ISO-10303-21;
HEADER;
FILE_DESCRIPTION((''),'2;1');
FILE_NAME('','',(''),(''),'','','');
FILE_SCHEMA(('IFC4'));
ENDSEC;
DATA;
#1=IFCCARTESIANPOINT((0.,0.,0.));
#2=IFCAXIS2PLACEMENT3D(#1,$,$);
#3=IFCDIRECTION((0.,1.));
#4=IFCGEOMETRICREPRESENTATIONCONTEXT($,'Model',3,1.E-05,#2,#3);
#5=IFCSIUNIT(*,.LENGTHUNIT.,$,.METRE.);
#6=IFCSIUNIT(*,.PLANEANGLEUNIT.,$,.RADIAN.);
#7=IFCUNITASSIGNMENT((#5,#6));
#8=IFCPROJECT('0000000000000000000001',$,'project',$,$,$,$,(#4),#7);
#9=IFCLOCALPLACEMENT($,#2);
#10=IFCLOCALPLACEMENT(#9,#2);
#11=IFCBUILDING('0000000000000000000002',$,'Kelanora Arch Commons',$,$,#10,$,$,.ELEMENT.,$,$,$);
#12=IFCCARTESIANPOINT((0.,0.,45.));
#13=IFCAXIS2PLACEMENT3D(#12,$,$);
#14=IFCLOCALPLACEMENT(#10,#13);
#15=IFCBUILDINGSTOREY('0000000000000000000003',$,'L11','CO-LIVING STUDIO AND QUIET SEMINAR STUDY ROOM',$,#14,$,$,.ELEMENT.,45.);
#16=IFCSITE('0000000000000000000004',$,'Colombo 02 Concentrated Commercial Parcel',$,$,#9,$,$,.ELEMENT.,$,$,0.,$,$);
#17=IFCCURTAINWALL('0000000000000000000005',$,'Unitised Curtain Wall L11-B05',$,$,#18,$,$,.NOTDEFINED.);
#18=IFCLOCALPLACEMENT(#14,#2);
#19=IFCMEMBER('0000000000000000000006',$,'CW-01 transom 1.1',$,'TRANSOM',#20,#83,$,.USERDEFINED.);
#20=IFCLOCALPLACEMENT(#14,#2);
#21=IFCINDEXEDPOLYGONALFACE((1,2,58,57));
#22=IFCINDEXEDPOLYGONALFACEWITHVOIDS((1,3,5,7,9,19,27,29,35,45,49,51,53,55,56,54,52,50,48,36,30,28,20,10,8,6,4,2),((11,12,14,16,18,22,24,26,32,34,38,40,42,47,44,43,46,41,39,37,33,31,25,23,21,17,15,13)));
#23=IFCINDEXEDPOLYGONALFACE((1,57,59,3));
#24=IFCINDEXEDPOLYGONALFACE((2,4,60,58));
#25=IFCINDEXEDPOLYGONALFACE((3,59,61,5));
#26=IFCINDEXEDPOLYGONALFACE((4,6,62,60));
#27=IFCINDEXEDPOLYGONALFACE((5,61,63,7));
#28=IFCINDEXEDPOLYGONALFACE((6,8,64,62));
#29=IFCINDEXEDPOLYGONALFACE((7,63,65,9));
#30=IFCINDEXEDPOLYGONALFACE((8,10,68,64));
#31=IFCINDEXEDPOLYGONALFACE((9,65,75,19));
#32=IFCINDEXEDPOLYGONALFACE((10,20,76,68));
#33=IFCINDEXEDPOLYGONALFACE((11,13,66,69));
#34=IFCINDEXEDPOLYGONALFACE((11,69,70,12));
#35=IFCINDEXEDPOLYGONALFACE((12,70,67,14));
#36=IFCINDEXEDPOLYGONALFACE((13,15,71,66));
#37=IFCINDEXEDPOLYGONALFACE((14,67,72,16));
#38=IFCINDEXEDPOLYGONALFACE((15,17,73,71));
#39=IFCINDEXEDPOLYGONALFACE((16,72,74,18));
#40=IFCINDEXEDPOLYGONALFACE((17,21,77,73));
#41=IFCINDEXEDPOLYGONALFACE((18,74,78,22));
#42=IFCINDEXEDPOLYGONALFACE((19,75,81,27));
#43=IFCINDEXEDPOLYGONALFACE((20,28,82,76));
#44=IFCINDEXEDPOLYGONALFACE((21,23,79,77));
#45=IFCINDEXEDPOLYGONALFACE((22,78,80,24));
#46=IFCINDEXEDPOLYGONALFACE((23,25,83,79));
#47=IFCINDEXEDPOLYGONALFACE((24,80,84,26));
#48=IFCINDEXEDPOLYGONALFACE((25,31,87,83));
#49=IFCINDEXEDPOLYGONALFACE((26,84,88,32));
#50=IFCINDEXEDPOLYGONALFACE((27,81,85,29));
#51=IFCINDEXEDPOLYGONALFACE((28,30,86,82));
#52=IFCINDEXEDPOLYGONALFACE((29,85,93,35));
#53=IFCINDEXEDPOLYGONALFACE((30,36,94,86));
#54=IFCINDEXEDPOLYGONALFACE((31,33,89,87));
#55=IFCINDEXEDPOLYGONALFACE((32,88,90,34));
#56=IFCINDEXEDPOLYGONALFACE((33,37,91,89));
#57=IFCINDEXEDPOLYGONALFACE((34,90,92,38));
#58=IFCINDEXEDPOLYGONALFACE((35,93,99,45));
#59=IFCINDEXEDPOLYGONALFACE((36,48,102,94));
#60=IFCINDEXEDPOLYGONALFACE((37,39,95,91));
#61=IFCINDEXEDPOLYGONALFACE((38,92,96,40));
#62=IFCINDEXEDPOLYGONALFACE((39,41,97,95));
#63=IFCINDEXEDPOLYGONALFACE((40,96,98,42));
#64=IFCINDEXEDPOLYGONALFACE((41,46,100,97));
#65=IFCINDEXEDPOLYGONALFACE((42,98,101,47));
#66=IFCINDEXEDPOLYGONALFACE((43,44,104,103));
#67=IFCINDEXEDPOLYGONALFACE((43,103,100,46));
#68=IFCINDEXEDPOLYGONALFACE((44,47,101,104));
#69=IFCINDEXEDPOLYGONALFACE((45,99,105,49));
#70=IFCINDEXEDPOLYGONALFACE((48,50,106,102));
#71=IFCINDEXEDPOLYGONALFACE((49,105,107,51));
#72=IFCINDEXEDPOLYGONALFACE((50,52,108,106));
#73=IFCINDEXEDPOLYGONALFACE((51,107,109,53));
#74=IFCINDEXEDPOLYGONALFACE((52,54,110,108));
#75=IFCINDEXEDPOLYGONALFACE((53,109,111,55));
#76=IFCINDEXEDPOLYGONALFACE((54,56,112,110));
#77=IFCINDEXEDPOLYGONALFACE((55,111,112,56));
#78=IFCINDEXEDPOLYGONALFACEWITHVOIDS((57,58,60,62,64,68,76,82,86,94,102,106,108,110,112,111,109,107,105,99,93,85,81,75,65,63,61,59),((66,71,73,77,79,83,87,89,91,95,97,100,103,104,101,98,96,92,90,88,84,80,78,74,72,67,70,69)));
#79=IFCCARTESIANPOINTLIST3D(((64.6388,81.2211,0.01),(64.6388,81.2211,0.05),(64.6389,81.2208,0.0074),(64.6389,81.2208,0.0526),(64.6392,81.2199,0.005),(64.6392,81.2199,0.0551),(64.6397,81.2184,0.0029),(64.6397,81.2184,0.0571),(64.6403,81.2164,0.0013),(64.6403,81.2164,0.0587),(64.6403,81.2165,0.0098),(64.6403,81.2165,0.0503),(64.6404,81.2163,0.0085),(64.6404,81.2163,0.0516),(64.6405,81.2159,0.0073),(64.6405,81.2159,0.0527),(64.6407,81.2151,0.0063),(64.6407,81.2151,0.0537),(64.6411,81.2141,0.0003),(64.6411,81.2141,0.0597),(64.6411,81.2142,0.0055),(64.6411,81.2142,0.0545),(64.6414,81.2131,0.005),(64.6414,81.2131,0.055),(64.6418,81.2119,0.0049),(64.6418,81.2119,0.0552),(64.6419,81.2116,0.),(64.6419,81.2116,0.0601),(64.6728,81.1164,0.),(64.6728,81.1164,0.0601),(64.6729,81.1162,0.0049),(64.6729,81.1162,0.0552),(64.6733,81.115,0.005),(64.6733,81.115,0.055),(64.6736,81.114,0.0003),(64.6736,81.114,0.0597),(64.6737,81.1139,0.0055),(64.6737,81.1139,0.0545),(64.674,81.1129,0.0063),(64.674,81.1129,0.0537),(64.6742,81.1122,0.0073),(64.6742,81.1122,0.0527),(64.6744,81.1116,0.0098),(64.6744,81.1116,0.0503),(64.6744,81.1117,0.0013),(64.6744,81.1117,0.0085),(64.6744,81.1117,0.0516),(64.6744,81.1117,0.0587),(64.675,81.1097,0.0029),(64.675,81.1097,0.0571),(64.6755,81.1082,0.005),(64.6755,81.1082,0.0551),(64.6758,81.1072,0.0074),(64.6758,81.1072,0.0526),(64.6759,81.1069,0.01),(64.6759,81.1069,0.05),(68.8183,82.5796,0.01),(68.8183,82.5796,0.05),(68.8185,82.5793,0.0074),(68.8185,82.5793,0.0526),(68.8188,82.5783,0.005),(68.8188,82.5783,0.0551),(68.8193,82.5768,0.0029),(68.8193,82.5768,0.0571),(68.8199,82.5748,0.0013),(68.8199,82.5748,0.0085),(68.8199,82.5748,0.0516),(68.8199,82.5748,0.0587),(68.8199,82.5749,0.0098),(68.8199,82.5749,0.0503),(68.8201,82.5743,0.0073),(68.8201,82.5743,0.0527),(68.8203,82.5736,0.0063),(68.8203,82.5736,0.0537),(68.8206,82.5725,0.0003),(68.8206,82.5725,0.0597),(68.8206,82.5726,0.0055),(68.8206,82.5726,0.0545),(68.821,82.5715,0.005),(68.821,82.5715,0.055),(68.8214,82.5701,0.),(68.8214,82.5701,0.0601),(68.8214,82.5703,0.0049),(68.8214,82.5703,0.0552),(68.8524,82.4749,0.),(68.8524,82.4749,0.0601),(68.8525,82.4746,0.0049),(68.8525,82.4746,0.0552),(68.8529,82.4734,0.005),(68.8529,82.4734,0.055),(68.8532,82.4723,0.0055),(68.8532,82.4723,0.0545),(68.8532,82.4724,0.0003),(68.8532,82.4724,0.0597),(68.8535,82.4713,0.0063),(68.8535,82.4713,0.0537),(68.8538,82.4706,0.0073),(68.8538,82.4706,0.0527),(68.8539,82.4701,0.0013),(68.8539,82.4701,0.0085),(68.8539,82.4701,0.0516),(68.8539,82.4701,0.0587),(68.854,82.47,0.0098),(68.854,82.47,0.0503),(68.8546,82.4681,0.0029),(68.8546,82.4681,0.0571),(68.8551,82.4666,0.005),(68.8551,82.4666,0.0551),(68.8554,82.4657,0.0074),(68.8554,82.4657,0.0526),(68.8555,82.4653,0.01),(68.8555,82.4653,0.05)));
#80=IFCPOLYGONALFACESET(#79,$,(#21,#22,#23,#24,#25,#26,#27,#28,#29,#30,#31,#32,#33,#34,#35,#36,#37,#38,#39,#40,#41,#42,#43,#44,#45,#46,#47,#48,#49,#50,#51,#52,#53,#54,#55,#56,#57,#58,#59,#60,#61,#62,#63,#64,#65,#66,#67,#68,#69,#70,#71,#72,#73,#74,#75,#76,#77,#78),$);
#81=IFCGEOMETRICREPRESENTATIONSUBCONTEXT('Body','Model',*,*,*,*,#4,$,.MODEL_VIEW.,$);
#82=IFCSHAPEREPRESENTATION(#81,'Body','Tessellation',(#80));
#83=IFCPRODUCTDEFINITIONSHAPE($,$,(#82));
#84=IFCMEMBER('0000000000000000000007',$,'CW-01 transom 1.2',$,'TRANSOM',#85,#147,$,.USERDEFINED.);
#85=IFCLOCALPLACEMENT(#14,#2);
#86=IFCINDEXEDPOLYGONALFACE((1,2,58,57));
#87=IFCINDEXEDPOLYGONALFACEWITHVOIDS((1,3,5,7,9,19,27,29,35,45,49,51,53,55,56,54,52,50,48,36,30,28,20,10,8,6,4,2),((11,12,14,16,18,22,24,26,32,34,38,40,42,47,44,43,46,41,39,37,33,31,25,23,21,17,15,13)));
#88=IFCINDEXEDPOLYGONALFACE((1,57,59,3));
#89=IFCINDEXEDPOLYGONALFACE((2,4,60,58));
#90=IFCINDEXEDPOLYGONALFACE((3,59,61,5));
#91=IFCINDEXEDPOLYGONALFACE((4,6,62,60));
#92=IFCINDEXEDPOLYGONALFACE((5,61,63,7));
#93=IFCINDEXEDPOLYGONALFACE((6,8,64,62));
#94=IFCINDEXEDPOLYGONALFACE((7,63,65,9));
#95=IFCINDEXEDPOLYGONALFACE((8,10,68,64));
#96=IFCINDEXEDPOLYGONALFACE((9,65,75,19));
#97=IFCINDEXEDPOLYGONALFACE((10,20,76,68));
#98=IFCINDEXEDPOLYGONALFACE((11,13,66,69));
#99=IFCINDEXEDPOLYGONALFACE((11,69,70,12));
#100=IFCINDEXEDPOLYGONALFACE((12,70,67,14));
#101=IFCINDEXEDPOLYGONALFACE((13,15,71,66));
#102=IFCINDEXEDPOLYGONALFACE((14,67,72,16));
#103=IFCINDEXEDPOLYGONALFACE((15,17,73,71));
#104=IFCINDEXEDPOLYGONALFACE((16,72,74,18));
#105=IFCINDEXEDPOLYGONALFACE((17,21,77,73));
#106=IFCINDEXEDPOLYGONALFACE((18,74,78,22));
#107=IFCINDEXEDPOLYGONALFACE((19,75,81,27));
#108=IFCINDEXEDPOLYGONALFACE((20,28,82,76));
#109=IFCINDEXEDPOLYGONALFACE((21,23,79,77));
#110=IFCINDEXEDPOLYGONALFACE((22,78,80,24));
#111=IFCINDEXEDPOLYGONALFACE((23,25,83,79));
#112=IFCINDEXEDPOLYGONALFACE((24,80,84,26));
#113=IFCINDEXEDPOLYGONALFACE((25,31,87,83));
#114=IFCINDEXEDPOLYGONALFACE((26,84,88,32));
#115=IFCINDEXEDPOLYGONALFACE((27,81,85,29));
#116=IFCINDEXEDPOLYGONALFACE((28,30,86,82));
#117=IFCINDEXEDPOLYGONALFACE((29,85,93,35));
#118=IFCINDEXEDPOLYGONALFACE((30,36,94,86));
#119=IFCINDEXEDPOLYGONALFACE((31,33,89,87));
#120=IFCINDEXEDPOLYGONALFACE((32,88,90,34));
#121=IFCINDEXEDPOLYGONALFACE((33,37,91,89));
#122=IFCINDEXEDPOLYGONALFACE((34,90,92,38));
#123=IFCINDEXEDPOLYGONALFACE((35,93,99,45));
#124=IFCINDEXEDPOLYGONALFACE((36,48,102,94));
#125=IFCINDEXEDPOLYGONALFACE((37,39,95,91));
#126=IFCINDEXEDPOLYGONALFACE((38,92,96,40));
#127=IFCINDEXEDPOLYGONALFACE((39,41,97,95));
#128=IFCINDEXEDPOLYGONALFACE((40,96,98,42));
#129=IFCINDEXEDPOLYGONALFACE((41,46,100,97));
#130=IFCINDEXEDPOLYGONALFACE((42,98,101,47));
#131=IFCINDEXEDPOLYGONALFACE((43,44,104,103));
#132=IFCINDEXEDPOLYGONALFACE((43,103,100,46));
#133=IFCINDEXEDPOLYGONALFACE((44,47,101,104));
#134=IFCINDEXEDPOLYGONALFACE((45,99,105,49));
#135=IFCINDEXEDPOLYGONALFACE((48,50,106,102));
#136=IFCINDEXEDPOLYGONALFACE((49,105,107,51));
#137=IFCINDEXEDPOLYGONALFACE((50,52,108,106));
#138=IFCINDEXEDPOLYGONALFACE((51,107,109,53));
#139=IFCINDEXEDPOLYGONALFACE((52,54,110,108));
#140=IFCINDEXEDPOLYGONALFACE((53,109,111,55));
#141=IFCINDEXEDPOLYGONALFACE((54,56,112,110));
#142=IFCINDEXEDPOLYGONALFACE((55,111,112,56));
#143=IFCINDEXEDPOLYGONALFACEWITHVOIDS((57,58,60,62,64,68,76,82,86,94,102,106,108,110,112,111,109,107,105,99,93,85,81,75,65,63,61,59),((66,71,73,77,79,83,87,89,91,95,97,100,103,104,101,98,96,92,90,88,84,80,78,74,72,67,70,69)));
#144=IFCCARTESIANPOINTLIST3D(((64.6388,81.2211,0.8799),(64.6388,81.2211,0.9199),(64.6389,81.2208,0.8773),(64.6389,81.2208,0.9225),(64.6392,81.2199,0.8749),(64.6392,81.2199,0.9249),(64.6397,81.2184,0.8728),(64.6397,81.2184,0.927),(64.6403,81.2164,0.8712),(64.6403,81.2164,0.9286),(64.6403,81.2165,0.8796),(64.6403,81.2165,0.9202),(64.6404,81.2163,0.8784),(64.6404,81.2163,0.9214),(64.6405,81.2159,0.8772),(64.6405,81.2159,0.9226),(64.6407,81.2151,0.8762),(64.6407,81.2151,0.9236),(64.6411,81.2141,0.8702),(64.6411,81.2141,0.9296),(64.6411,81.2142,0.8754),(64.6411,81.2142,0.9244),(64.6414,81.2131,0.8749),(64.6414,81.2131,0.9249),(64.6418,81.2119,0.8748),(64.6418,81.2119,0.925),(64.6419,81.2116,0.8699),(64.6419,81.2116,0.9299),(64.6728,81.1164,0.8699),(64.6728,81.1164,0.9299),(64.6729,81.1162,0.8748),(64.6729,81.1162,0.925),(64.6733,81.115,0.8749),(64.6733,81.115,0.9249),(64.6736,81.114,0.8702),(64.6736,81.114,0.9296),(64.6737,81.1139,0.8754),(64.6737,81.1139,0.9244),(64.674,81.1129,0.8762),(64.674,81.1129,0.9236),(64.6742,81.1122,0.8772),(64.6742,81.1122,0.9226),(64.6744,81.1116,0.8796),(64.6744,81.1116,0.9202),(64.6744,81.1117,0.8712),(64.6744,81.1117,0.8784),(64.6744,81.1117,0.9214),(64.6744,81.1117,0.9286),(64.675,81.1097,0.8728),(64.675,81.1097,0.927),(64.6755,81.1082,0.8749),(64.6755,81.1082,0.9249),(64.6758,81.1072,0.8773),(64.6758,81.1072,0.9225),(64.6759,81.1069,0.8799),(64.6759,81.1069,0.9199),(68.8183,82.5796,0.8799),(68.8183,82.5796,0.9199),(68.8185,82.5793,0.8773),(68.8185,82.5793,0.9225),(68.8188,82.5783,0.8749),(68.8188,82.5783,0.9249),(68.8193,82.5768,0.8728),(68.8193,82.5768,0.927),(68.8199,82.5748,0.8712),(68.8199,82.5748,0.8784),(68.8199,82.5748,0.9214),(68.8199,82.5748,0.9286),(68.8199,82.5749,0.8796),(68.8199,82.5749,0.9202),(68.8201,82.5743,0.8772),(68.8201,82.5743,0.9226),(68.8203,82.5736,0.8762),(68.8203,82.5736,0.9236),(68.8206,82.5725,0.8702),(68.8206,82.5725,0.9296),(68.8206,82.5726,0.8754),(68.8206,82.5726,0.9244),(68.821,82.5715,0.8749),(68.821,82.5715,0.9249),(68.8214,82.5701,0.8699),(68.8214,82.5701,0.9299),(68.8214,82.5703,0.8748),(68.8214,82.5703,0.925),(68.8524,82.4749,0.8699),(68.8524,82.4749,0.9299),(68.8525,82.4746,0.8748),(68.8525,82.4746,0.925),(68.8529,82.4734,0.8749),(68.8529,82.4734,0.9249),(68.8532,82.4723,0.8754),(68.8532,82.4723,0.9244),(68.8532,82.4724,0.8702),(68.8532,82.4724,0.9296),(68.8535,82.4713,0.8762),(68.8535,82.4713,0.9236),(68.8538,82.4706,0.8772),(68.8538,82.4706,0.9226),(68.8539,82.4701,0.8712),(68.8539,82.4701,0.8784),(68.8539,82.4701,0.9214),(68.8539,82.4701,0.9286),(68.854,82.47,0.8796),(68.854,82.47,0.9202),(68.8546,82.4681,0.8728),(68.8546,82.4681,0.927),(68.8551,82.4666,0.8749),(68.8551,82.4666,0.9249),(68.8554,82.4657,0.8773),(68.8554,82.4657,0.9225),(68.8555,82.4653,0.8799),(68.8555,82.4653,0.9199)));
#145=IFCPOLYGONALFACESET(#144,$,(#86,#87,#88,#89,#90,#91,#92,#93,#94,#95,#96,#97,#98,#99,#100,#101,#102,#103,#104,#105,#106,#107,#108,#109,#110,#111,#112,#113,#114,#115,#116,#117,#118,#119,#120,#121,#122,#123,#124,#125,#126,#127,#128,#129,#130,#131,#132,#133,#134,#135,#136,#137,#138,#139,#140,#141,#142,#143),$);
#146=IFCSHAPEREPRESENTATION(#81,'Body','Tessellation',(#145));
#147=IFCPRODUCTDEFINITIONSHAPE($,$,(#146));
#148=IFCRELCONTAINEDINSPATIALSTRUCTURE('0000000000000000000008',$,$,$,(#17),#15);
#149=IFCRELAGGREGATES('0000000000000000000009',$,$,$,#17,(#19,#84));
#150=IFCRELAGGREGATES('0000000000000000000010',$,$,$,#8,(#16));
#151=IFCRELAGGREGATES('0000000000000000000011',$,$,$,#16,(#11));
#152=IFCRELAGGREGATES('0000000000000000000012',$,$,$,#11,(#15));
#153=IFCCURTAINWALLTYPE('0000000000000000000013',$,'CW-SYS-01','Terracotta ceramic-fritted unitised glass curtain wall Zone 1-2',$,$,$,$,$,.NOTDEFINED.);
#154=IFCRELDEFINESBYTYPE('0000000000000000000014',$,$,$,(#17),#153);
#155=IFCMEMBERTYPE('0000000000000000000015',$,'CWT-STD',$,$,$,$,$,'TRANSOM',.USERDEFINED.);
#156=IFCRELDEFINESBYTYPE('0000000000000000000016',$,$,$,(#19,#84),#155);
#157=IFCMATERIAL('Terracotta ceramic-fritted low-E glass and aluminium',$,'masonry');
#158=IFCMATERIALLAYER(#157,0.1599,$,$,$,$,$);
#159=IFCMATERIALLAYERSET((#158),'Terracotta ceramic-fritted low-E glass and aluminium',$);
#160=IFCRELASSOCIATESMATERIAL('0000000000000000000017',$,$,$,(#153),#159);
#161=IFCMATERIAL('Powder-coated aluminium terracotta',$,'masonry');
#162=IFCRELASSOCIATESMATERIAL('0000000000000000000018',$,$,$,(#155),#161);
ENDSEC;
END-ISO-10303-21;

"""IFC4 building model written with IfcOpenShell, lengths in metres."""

from ifc_helpers import new_model, si_unit, direction, frame, origin, origin_2d, place, context, subcontext, project, spatial, hollow_rectangle, extrude, material, layer, layer_set, material_profile, profile_set, type_object, element, aggregate, save


model = new_model("IFC4")

# Units and contexts
model_context = context("Model", 3, precision=1e-05, world=origin(), true_north=direction((0.0, 1.0)))
body_context = subcontext(model_context, "Body", "Model", "MODEL_VIEW")
ifc_project = project(units=[si_unit("LENGTHUNIT", "METRE"), si_unit("PLANEANGLEUNIT", "RADIAN")], contexts=[model_context])

# Site, building, storey
site_placement = place(None, origin())
site = spatial("IfcSite", under=ifc_project, at=site_placement, Name="Colombo 02 Concentrated Commercial Parcel", CompositionType="ELEMENT", RefElevation=0.0)
building_placement = place(site_placement, origin())
building = spatial("IfcBuilding", under=site, at=building_placement, Name="Kelanora Arch Commons", CompositionType="ELEMENT")
storey_placement = place(building_placement, frame((0.0, 0.0, 45.0)))
storey = spatial("IfcBuildingStorey", under=building, at=storey_placement, Name="L11", Description="CO-LIVING STUDIO AND QUIET SEMINAR STUDY ROOM", CompositionType="ELEMENT", Elevation=45.0)

# Curtain wall, members
ifc_material_1 = material(Name="Terracotta ceramic-fritted low-E glass and aluminium", Category="masonry")
ifc_layer_1 = layer(ifc_material_1, 0.1599)
ifc_layer_set_1 = layer_set([ifc_layer_1], Name="Terracotta ceramic-fritted low-E glass and aluminium")
curtain_wall_type = type_object("IfcCurtainWallType", Name="CW-SYS-01", Description="Terracotta ceramic-fritted unitised glass curtain wall Zone 1-2", PredefinedType="NOTDEFINED", material=ifc_layer_set_1)
curtain_wall_placement = place(storey_placement, origin())
curtain_wall = element("IfcCurtainWall", 1, at=curtain_wall_placement, inside=storey, type_object=curtain_wall_type, Name="Unitised Curtain Wall L11-B05", PredefinedType="NOTDEFINED")
ifc_material_2 = material(Name="Powder-coated aluminium terracotta", Category="masonry")
ifc_material_profile_1 = material_profile(ifc_material_2, hollow_rectangle(XDim=0.1201, YDim=0.0601, WallThickness=0.0049, InnerFilletRadius=0.0049, OuterFilletRadius=0.01, at=origin_2d()), Name="CWT120x60")
ifc_profile_set_1 = profile_set([ifc_material_profile_1], Name="Powder-coated aluminium terracotta")
member_type_1 = type_object("IfcMemberType", Name="CWT-STD", ElementType="TRANSOM", PredefinedType="USERDEFINED", material=ifc_profile_set_1)
member_1_placement = place(storey_placement, frame((68.8369, 82.5225, 0.03), z_axis=(-0.951029, -0.309102, 0.0), x_axis=(0.309102, -0.951029, 0.0)))
member_1 = element("IfcMember", 2, at=member_1_placement, type_object=member_type_1, Name="CW-01 transom 1.1", ObjectType="TRANSOM", PredefinedType="USERDEFINED", context=body_context, shape_type="SweptSolid", body=[
    extrude(hollow_rectangle(XDim=0.1201, YDim=0.0601, WallThickness=0.0049, InnerFilletRadius=0.0049, OuterFilletRadius=0.01, at=origin_2d()), origin(), (0.0, 0.0, 1.0), 4.3948),
])
member_2_placement = place(storey_placement, frame((68.8369, 82.5225, 0.8999), z_axis=(-0.951029, -0.309102, 0.0), x_axis=(0.309102, -0.951029, 0.0)))
member_2 = element("IfcMember", 3, at=member_2_placement, type_object=member_type_1, Name="CW-01 transom 1.2", ObjectType="TRANSOM", PredefinedType="USERDEFINED", context=body_context, shape_type="SweptSolid", body=[
    extrude(hollow_rectangle(XDim=0.1201, YDim=0.0601, WallThickness=0.0049, InnerFilletRadius=0.0049, OuterFilletRadius=0.01, at=origin_2d()), origin(), (0.0, 0.0, 1.0), 4.3948),
])
aggregate(curtain_wall, [member_1, member_2])

save(model, "model.ifc")
